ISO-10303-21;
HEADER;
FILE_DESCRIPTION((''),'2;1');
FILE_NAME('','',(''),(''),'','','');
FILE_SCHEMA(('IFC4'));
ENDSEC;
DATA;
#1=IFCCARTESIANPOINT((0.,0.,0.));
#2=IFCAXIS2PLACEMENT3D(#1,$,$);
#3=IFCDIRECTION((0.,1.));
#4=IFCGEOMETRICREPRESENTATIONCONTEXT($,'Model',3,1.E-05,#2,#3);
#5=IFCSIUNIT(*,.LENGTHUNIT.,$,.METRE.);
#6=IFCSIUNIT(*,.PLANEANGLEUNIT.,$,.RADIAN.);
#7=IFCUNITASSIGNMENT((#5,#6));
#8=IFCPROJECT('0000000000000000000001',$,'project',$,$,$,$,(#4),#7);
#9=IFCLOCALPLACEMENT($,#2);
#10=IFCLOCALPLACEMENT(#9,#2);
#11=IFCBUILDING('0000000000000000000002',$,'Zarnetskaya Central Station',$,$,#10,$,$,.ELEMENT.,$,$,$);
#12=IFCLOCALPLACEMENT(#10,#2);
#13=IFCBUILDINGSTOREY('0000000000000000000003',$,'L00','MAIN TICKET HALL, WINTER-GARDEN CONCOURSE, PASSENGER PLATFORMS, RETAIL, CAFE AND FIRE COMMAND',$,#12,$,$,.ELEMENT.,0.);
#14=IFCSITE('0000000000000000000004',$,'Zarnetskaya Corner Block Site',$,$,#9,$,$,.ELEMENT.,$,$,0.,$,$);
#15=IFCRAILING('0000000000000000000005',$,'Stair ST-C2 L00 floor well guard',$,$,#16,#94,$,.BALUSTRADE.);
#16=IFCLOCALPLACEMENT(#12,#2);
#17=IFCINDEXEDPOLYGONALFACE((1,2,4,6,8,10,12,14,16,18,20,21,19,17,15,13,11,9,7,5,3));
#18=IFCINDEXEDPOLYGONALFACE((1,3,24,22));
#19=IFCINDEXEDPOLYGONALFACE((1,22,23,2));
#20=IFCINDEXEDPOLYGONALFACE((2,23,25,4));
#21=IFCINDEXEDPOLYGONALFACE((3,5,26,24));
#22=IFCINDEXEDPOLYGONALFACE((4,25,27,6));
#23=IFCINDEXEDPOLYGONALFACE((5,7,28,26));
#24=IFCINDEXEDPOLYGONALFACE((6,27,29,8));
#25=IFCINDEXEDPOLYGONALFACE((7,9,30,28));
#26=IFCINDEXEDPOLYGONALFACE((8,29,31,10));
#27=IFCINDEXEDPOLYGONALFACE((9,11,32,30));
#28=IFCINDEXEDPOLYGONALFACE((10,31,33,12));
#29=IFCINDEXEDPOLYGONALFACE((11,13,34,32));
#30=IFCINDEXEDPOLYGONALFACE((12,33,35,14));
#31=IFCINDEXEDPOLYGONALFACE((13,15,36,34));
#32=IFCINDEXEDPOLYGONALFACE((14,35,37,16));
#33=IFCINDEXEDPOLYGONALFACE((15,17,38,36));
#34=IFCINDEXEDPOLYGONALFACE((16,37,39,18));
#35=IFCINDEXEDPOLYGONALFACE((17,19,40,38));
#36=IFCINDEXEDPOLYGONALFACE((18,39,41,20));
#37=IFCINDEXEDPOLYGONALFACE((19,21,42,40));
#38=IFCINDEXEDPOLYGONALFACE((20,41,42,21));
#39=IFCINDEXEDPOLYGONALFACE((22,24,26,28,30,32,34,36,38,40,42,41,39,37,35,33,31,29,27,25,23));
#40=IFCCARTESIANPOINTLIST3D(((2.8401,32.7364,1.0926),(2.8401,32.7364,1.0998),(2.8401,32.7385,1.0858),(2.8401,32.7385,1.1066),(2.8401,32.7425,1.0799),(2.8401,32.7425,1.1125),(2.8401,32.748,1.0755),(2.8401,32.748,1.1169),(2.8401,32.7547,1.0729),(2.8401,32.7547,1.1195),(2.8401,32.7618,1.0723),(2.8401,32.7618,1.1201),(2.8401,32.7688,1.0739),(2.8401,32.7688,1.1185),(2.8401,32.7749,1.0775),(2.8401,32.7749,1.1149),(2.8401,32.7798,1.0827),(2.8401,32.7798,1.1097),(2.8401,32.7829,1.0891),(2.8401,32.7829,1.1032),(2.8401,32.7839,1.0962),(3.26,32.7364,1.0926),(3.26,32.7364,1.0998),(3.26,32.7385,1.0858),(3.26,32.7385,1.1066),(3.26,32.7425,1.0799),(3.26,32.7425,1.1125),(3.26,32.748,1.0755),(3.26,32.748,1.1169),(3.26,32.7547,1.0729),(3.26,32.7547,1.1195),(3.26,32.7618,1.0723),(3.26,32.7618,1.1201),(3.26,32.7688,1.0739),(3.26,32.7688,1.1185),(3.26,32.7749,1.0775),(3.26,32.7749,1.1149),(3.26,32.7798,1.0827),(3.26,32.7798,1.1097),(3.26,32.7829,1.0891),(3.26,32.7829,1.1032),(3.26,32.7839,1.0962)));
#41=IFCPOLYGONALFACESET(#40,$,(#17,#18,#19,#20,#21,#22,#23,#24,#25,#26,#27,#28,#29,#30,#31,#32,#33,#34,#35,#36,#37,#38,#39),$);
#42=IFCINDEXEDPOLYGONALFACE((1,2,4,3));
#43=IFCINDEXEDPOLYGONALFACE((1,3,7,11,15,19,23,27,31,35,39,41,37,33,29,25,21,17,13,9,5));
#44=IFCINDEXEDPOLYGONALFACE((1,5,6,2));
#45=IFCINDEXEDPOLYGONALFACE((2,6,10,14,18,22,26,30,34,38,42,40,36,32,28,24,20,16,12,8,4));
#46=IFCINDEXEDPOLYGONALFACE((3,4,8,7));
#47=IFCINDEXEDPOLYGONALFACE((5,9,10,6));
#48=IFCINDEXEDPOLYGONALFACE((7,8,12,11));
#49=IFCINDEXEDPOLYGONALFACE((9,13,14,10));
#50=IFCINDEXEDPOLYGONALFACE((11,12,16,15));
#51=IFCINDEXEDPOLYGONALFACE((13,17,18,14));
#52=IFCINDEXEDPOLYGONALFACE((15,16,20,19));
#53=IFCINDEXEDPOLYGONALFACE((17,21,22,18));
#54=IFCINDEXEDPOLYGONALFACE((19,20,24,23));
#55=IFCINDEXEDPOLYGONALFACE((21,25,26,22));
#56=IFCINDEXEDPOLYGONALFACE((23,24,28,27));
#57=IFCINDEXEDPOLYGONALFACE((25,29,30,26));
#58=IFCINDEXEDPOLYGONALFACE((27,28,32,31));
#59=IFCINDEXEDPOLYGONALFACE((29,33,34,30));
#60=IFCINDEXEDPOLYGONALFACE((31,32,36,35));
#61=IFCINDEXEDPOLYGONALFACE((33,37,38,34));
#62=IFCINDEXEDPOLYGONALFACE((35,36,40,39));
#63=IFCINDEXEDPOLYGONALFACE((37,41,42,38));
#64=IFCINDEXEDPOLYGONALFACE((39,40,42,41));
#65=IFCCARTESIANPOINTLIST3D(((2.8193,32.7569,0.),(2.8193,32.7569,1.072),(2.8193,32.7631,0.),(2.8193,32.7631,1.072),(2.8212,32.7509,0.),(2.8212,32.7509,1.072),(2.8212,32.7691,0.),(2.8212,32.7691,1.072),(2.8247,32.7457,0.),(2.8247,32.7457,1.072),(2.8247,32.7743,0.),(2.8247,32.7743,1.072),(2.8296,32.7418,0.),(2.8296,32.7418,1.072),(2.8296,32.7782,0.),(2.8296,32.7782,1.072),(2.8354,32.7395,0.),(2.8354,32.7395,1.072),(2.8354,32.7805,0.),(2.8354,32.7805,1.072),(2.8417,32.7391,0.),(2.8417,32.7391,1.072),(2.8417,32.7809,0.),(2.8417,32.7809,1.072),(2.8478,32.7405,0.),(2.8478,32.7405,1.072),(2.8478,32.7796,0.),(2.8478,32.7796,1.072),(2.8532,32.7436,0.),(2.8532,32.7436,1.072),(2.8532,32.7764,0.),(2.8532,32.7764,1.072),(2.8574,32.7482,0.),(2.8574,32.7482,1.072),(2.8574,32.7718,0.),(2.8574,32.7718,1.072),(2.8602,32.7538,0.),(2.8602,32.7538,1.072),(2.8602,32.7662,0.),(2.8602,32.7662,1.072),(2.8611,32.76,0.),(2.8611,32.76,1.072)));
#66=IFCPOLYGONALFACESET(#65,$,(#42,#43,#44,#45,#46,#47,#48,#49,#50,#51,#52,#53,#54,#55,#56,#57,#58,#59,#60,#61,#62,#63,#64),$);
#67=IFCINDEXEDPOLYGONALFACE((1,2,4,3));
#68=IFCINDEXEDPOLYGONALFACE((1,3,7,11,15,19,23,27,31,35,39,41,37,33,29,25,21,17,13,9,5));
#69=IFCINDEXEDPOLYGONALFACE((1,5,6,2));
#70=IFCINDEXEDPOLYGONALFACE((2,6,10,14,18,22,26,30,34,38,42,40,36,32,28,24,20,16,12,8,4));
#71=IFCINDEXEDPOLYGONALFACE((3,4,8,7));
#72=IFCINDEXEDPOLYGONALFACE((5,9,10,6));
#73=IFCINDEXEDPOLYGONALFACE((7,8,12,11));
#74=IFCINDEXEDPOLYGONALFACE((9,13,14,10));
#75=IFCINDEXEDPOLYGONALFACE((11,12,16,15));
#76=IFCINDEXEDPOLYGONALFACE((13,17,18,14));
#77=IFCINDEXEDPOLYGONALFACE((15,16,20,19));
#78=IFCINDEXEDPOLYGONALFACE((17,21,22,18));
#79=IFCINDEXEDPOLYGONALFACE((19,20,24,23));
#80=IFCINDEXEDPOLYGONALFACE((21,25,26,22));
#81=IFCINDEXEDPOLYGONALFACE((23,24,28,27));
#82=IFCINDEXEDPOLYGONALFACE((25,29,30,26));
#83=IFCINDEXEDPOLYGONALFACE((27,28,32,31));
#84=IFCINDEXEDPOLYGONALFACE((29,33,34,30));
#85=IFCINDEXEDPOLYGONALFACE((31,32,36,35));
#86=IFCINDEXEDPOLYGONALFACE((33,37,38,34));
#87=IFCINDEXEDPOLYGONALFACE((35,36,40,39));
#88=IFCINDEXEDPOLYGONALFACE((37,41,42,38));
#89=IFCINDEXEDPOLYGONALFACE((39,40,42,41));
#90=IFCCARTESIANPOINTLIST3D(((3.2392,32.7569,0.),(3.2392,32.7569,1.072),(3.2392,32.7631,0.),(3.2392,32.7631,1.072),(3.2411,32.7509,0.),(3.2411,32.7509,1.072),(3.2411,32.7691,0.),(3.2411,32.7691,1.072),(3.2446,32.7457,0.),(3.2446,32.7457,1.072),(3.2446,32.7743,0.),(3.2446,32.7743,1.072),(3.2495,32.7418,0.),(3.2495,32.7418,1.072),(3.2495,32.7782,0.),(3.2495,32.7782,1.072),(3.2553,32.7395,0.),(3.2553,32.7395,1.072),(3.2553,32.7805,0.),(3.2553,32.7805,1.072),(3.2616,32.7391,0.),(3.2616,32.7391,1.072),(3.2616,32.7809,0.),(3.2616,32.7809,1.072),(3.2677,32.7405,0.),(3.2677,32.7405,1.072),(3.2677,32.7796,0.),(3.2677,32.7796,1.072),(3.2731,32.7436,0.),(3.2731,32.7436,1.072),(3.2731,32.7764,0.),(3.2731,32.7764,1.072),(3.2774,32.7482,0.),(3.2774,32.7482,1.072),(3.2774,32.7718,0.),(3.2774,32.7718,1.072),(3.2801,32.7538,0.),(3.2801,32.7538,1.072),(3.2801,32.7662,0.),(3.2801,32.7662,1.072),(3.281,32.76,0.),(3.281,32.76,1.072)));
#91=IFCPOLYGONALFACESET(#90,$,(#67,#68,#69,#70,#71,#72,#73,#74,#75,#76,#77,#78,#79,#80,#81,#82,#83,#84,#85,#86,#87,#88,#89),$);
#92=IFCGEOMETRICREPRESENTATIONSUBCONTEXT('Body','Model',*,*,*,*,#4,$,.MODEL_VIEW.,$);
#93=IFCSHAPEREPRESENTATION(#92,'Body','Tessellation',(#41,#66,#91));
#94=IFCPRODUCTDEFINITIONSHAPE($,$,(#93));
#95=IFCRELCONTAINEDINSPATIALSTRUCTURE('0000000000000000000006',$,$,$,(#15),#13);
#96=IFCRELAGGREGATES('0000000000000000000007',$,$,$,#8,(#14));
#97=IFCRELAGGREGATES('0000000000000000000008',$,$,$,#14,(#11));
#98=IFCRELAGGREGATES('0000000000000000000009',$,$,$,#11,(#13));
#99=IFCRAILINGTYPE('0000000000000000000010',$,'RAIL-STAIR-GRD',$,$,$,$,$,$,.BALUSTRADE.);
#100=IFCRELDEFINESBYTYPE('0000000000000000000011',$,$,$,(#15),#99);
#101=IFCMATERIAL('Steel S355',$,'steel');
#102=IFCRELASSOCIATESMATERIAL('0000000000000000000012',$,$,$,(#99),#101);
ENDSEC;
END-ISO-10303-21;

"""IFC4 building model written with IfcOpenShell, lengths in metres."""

from ifc_helpers import new_model, si_unit, direction, frame, origin, origin_2d, place, context, subcontext, project, spatial, circle, extrude, material, type_object, element, save


model = new_model("IFC4")

# Units and contexts
model_context = context("Model", 3, precision=1e-05, world=origin(), true_north=direction((0.0, 1.0)))
body_context = subcontext(model_context, "Body", "Model", "MODEL_VIEW")
ifc_project = project(units=[si_unit("LENGTHUNIT", "METRE"), si_unit("PLANEANGLEUNIT", "RADIAN")], contexts=[model_context])

# Site, building, storey
site_placement = place(None, origin())
site = spatial("IfcSite", under=ifc_project, at=site_placement, Name="Zarnetskaya Corner Block Site", CompositionType="ELEMENT", RefElevation=0.0)
building_placement = place(site_placement, origin())
building = spatial("IfcBuilding", under=site, at=building_placement, Name="Zarnetskaya Central Station", CompositionType="ELEMENT")
storey_placement = place(building_placement, origin())
storey = spatial("IfcBuildingStorey", under=building, at=storey_placement, Name="L00", Description="MAIN TICKET HALL, WINTER-GARDEN CONCOURSE, PASSENGER PLATFORMS, RETAIL, CAFE AND FIRE COMMAND", CompositionType="ELEMENT", Elevation=0.0)

# Shared definitions
ifc_material_1 = material(Name="Steel S355", Category="steel")

# Railing
railing_type_1 = type_object("IfcRailingType", Name="RAIL-STAIR-GRD", PredefinedType="BALUSTRADE", material=ifc_material_1)
railing_1_placement = place(storey_placement, frame((2.8401, 32.76, 0.0)))
element("IfcRailing", 1, at=railing_1_placement, inside=storey, type_object=railing_type_1, Name="Stair ST-C2 L00 floor well guard", PredefinedType="BALUSTRADE", context=body_context, shape_type="SweptSolid", body=[
    extrude(circle(Radius=0.0239, at=origin_2d()), frame((0.0, 0.0, 1.0962), z_axis=(1.0, 0.0, 0.0), x_axis=(0.0, 1.0, 0.0)), (0.0, 0.0, 1.0), 0.4199),
    extrude(circle(Radius=0.021, at=origin_2d()), origin(), (0.0, 0.0, 1.0), 1.072),
    extrude(circle(Radius=0.021, at=origin_2d()), frame((0.4199, 0.0, 0.0)), (0.0, 0.0, 1.0), 1.072),
])

save(model, "model.ifc")
